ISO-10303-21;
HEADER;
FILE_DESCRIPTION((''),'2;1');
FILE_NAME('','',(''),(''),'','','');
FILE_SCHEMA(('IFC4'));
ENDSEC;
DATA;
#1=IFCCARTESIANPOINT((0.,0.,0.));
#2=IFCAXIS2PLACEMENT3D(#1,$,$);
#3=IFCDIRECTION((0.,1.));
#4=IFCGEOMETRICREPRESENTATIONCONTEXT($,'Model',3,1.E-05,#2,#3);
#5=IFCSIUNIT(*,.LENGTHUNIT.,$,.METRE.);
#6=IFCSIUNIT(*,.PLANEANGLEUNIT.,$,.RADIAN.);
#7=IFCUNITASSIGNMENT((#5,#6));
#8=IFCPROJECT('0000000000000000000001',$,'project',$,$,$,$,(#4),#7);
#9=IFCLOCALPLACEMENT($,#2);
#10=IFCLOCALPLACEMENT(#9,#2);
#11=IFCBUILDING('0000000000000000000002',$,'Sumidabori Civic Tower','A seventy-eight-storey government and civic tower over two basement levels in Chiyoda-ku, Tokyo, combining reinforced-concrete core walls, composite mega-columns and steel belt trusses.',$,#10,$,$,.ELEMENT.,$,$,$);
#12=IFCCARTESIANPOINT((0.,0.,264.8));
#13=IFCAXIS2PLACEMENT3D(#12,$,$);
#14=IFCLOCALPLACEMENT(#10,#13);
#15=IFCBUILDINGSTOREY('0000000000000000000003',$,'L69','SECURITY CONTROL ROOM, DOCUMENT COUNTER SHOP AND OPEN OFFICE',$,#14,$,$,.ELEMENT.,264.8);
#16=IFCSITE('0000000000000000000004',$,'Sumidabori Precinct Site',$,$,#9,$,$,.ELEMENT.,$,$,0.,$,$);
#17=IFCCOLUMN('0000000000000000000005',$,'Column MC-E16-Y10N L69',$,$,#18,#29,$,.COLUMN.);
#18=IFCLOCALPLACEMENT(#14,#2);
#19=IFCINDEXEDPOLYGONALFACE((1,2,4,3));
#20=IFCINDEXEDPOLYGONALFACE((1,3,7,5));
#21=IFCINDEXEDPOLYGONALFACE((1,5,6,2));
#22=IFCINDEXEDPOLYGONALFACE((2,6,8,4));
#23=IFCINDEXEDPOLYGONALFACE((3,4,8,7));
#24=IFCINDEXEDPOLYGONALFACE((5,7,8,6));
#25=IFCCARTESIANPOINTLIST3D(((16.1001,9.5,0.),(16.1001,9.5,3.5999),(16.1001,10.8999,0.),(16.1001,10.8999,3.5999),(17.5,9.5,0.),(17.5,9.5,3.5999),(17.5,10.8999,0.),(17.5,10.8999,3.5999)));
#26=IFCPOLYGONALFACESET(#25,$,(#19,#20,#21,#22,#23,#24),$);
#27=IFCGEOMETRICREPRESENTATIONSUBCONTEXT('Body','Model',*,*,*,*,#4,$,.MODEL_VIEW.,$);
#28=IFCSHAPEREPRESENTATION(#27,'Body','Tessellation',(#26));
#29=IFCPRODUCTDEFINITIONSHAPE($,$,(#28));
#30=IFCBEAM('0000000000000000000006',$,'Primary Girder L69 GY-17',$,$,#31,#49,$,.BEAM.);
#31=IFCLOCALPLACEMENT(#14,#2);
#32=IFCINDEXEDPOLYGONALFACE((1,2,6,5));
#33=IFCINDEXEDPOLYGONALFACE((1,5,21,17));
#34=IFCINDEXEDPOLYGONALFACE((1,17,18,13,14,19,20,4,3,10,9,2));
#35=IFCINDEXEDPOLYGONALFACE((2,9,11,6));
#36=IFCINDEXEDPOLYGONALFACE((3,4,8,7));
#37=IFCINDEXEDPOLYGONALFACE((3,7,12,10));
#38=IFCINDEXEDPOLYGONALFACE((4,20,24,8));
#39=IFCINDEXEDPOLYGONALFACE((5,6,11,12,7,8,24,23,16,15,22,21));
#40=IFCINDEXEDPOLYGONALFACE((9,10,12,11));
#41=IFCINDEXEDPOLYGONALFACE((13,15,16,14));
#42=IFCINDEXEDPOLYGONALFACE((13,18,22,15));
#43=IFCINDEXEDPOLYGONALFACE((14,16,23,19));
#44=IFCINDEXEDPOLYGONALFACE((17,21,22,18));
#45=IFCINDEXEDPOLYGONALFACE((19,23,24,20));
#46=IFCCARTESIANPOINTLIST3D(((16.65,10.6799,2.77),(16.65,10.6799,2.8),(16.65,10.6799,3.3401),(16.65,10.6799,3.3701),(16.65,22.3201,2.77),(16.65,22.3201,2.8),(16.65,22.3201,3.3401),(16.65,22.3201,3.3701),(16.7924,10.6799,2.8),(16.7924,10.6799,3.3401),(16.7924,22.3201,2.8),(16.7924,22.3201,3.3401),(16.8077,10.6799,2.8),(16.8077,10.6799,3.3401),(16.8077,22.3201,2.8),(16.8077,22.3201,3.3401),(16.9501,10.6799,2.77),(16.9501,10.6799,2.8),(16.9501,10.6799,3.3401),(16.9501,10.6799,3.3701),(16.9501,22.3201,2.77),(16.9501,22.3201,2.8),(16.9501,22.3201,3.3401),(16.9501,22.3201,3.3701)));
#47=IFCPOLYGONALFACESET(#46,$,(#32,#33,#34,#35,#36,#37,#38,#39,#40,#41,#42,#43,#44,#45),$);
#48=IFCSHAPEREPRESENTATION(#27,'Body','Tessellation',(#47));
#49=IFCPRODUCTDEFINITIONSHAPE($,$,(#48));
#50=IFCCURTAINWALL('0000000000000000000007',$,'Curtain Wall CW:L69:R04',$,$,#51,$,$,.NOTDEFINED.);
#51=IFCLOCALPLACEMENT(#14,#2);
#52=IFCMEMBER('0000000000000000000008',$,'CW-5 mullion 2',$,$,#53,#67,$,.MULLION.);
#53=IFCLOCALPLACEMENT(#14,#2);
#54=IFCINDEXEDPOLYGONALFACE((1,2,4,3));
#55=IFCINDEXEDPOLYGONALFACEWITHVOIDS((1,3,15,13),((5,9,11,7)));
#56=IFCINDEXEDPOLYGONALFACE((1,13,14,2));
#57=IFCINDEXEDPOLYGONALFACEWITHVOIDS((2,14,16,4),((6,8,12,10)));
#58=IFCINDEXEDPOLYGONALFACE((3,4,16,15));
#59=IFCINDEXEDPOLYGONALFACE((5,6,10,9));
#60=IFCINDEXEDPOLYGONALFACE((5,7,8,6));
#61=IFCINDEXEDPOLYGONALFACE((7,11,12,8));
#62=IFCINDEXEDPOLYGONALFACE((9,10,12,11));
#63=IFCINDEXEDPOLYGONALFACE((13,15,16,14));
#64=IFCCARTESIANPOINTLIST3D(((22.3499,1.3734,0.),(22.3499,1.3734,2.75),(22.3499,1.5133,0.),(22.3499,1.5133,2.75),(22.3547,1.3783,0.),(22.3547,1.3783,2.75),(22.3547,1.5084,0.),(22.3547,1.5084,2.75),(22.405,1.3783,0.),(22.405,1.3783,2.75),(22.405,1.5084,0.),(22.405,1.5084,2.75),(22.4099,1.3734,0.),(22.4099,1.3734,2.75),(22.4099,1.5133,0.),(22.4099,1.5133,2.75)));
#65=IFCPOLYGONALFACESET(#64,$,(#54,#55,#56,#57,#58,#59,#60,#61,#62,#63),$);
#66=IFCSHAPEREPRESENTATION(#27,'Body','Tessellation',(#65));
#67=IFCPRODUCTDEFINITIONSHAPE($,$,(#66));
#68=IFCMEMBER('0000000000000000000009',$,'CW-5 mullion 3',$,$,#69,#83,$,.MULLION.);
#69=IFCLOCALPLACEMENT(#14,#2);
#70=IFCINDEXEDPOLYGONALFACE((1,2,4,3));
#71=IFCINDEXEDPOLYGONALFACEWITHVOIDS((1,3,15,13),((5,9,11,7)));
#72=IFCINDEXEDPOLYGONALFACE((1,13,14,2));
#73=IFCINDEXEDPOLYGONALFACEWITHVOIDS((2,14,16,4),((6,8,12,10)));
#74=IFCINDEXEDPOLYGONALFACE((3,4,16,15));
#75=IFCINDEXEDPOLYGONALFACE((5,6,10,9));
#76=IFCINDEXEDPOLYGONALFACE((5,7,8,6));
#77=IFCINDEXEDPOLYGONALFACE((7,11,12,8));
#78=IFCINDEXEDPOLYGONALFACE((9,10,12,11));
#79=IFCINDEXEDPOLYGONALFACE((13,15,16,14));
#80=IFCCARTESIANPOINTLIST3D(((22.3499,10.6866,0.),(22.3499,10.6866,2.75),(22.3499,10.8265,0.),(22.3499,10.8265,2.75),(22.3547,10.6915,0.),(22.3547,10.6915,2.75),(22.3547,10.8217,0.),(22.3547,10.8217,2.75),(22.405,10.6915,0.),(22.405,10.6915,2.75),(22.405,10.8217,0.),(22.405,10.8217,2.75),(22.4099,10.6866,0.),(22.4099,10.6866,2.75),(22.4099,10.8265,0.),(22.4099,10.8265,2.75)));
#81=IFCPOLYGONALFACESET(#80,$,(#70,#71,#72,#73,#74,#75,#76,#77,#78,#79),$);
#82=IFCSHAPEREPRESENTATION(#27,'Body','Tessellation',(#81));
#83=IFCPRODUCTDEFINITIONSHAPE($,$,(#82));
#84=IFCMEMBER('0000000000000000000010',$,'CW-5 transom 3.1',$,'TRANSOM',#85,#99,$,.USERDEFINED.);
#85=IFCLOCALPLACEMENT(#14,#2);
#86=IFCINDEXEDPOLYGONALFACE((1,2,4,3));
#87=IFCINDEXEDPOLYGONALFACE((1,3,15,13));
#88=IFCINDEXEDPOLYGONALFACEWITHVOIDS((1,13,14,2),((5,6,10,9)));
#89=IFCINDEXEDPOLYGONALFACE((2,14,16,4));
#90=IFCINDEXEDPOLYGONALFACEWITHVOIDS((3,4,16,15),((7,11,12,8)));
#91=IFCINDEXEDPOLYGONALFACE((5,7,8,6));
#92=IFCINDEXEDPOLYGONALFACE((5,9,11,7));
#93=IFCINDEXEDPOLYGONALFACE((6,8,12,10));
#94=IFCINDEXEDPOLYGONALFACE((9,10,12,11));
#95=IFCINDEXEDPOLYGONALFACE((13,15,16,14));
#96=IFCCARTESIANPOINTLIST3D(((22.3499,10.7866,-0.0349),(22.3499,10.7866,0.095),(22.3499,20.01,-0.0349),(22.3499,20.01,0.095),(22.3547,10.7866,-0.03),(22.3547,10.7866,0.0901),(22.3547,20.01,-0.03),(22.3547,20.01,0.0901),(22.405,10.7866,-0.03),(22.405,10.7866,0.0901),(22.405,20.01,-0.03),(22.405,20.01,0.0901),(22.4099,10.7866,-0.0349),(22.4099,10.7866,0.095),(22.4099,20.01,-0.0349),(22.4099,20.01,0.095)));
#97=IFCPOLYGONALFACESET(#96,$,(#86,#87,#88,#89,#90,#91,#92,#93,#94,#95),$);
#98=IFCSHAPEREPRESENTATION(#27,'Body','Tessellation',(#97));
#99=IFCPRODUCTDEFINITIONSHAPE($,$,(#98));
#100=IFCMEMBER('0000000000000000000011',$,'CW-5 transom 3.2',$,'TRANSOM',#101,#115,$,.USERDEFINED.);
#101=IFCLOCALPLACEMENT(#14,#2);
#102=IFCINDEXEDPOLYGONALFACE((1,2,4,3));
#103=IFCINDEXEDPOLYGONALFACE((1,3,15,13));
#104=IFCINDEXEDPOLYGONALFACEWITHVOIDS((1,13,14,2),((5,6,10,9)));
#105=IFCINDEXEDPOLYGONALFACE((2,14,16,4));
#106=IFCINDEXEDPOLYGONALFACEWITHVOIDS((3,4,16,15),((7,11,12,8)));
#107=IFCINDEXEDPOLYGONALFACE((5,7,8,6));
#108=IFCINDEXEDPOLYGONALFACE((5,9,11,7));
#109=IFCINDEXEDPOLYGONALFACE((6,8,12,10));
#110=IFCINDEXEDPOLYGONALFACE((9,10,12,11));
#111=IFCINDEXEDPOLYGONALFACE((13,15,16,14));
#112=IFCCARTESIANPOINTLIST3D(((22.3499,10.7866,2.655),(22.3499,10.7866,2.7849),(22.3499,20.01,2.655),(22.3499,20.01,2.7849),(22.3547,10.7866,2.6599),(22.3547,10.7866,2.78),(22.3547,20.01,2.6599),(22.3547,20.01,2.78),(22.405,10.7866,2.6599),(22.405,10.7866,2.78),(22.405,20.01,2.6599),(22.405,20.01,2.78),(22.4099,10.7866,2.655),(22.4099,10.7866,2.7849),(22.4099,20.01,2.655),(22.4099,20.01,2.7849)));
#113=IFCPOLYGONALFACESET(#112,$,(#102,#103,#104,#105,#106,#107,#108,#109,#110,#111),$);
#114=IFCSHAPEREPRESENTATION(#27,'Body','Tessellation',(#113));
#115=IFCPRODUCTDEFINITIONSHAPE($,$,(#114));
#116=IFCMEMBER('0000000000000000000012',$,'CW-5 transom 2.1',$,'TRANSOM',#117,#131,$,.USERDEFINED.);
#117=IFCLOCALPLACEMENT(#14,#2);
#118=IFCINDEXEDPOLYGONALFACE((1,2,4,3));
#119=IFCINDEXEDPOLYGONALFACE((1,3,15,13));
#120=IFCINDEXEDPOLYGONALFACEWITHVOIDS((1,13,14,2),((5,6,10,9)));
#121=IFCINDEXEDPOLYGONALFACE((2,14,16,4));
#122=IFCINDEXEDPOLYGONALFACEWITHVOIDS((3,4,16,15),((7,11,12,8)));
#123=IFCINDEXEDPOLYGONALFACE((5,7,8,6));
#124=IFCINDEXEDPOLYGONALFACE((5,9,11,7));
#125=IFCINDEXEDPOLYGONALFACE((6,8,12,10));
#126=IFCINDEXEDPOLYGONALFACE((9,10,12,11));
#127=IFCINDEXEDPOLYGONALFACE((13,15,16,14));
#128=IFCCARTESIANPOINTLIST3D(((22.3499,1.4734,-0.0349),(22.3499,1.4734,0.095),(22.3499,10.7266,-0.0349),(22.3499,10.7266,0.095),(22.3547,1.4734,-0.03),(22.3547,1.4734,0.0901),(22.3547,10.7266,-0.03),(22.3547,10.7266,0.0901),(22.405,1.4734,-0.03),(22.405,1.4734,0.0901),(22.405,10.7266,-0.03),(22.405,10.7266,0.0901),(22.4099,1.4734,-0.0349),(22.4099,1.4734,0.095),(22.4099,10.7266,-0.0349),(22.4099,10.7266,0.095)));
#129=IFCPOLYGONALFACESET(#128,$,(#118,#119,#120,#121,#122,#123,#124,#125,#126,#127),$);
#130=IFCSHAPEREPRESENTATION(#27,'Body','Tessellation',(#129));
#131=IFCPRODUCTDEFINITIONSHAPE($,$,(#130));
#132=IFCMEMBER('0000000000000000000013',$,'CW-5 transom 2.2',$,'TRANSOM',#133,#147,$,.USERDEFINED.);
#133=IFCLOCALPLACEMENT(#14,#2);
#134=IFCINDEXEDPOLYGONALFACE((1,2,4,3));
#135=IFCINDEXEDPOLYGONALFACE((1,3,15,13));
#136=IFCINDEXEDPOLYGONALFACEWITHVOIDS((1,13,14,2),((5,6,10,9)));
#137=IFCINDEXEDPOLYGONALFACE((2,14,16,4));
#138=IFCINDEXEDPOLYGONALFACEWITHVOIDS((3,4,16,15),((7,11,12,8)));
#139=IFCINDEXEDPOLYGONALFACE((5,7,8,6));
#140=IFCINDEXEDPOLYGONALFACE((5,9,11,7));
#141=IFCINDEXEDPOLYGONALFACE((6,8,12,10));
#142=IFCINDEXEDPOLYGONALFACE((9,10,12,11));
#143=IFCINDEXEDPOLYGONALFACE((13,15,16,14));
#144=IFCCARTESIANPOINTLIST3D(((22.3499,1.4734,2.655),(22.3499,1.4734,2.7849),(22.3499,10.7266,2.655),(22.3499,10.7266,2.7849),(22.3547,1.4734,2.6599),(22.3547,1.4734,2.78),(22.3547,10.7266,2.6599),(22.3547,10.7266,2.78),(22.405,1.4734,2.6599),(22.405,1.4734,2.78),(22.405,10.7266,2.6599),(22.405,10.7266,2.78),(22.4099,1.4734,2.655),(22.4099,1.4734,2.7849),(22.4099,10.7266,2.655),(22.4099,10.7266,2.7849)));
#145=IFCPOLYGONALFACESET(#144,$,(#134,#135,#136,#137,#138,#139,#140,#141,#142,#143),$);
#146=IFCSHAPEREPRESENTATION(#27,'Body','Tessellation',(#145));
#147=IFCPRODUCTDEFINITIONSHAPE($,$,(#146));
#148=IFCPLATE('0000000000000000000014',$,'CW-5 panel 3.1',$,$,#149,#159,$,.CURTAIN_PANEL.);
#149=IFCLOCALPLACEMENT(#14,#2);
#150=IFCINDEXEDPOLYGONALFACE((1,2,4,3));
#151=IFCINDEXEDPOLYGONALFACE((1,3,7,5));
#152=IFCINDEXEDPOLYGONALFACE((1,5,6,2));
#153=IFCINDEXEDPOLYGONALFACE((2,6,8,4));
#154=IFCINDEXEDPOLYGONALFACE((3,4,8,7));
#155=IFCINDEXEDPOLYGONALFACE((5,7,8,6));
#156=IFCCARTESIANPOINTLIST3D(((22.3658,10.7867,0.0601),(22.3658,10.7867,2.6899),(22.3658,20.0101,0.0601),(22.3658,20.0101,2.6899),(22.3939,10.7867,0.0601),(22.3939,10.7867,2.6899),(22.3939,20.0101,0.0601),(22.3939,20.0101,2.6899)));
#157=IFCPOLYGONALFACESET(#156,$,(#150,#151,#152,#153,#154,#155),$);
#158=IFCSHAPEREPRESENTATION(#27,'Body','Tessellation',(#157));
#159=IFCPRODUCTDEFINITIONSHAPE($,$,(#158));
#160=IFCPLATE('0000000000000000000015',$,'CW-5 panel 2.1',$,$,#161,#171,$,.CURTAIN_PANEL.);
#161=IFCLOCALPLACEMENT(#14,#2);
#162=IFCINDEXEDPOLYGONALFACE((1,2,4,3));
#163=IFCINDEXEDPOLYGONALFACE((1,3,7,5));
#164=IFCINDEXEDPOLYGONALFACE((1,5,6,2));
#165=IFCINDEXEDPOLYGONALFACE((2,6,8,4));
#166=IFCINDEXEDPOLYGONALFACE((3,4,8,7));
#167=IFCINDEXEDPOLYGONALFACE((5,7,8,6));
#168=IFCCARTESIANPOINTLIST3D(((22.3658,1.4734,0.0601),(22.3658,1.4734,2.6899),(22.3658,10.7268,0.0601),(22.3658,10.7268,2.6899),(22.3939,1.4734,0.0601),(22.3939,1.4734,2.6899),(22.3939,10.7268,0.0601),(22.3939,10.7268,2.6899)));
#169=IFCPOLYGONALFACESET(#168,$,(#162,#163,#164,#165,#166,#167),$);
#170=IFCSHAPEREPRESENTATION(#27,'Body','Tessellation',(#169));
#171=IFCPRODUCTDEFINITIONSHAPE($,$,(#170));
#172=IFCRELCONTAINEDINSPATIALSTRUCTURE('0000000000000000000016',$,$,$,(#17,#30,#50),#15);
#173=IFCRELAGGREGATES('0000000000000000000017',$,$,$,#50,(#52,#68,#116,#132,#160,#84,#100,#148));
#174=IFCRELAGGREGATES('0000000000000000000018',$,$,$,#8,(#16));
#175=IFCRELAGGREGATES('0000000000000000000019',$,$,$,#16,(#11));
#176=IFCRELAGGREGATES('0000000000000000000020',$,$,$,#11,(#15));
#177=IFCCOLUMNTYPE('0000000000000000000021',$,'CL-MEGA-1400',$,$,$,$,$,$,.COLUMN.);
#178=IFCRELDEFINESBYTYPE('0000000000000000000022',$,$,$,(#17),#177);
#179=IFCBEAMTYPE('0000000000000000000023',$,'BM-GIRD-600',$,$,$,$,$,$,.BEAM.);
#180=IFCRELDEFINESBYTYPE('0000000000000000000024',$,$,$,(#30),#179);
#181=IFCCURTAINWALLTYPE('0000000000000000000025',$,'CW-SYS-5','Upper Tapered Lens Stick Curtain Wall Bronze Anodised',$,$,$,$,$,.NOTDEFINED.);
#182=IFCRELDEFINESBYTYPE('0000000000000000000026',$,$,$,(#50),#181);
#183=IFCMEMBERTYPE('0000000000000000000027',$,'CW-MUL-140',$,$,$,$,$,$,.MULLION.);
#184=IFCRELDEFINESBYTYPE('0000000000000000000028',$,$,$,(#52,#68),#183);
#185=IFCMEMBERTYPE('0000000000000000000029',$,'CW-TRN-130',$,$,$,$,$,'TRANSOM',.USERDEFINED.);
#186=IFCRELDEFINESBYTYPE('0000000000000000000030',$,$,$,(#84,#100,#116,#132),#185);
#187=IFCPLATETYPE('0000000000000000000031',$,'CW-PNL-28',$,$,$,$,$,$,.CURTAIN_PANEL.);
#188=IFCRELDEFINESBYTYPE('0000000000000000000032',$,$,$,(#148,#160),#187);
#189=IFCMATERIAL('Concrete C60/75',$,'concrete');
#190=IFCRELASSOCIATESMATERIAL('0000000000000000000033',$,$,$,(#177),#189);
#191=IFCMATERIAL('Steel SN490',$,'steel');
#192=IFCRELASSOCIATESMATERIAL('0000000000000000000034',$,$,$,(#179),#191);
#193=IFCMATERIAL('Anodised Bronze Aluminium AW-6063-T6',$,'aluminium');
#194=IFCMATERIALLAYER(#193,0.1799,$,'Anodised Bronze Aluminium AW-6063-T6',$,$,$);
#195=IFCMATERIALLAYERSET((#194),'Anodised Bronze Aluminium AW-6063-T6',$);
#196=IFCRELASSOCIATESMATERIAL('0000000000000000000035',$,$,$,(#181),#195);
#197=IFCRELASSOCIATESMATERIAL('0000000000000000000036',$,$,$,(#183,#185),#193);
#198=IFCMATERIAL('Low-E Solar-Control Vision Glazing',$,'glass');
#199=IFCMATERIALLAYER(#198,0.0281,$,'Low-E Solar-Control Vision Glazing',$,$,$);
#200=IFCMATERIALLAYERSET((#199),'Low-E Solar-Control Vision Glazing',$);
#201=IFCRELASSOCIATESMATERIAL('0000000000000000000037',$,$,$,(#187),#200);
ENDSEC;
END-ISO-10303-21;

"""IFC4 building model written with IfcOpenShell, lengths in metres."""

from ifc_helpers import new_model, si_unit, direction, frame, origin, origin_2d, place, context, subcontext, project, spatial, rectangle, hollow_rectangle, i_section, extrude, source, transform, mapped, material, layer, layer_set, material_profile, profile_set, type_object, element, aggregate, save


model = new_model("IFC4")

# Units and contexts
model_context = context("Model", 3, precision=1e-05, world=origin(), true_north=direction((0.0, 1.0)))
body_context = subcontext(model_context, "Body", "Model", "MODEL_VIEW")
ifc_project = project(units=[si_unit("LENGTHUNIT", "METRE"), si_unit("PLANEANGLEUNIT", "RADIAN")], contexts=[model_context])

# Site, building, storey
site_placement = place(None, origin())
site = spatial("IfcSite", under=ifc_project, at=site_placement, Name="Sumidabori Precinct Site", CompositionType="ELEMENT", RefElevation=0.0)
building_placement = place(site_placement, origin())
building = spatial("IfcBuilding", under=site, at=building_placement, Name="Sumidabori Civic Tower", Description="A seventy-eight-storey government and civic tower over two basement levels in Chiyoda-ku, Tokyo, combining reinforced-concrete core walls, composite mega-columns and steel belt trusses.", CompositionType="ELEMENT")
storey_placement = place(building_placement, frame((0.0, 0.0, 264.8)))
storey = spatial("IfcBuildingStorey", under=building, at=storey_placement, Name="L69", Description="SECURITY CONTROL ROOM, DOCUMENT COUNTER SHOP AND OPEN OFFICE", CompositionType="ELEMENT", Elevation=264.8)

# Column
ifc_material_1 = material(Name="Concrete C60/75", Category="concrete")
ifc_material_profile_1 = material_profile(ifc_material_1, rectangle(XDim=1.3999, YDim=1.3999, at=origin_2d()), Name="RC 1400x1400")
ifc_profile_set_1 = profile_set([ifc_material_profile_1], Name="Concrete C60/75")
column_type = type_object("IfcColumnType", Name="CL-MEGA-1400", PredefinedType="COLUMN", material=ifc_profile_set_1)
shared_shape_1 = source(origin(), body_context, "Body", "SweptSolid", [
    extrude(rectangle(XDim=1.3999, YDim=1.3999, at=origin_2d()), origin(), (0.0, 0.0, 1.0), 3.5999),
])
column_placement = place(storey_placement, frame((16.8, 10.2, 0.0), z_axis=(0.0, 0.0, 1.0), x_axis=(1.0, 0.0, 0.0)))
element("IfcColumn", 1, at=column_placement, inside=storey, type_object=column_type, Name="Column MC-E16-Y10N L69", PredefinedType="COLUMN", context=body_context, shape_type="MappedRepresentation", body=[
    mapped(shared_shape_1, transform((0.0, 0.0, 0.0), x_axis=(1.0, 0.0, 0.0), y_axis=(0.0, 1.0, 0.0), z_axis=(0.0, 0.0, 1.0), scale=1.0)),
])

# Beam
ifc_material_2 = material(Name="Steel SN490", Category="steel")
ifc_material_profile_2 = material_profile(ifc_material_2, i_section(OverallWidth=0.3, OverallDepth=0.6001, WebThickness=0.0154, FlangeThickness=0.03, at=origin_2d()), Name="HE 600 B")
ifc_profile_set_2 = profile_set([ifc_material_profile_2], Name="Steel SN490")
beam_type = type_object("IfcBeamType", Name="BM-GIRD-600", PredefinedType="BEAM", material=ifc_profile_set_2)
shared_shape_2 = source(origin(), body_context, "Body", "SweptSolid", [
    extrude(i_section(OverallWidth=0.3, OverallDepth=0.6001, WebThickness=0.0154, FlangeThickness=0.03, at=origin_2d()), origin(), (0.0, 0.0, 1.0), 11.6401),
])
beam_placement = place(storey_placement, frame((16.8, 10.6799, 3.0701), z_axis=(0.0, 1.0, 0.0), x_axis=(-1.0, 0.0, 0.0)))
element("IfcBeam", 2, at=beam_placement, inside=storey, type_object=beam_type, Name="Primary Girder L69 GY-17", PredefinedType="BEAM", context=body_context, shape_type="MappedRepresentation", body=[
    mapped(shared_shape_2, transform((0.0, 0.0, 0.0), x_axis=(1.0, 0.0, 0.0), y_axis=(0.0, 1.0, 0.0), z_axis=(0.0, 0.0, 1.0), scale=1.0)),
])

# Curtain wall, members, plates
ifc_material_3 = material(Name="Anodised Bronze Aluminium AW-6063-T6", Category="aluminium")
ifc_layer_1 = layer(ifc_material_3, 0.1799, Name="Anodised Bronze Aluminium AW-6063-T6")
ifc_layer_set_1 = layer_set([ifc_layer_1], Name="Anodised Bronze Aluminium AW-6063-T6")
curtain_wall_type = type_object("IfcCurtainWallType", Name="CW-SYS-5", Description="Upper Tapered Lens Stick Curtain Wall Bronze Anodised", PredefinedType="NOTDEFINED", material=ifc_layer_set_1)
curtain_wall_placement = place(storey_placement, origin())
curtain_wall = element("IfcCurtainWall", 3, at=curtain_wall_placement, inside=storey, type_object=curtain_wall_type, Name="Curtain Wall CW:L69:R04", PredefinedType="NOTDEFINED")
ifc_material_profile_3 = material_profile(ifc_material_3, hollow_rectangle(XDim=0.0601, YDim=0.1399, WallThickness=0.0049, at=origin_2d()), Name="ALU MULLION 140x60")
ifc_profile_set_3 = profile_set([ifc_material_profile_3], Name="Anodised Bronze Aluminium AW-6063-T6")
member_type_1 = type_object("IfcMemberType", Name="CW-MUL-140", PredefinedType="MULLION", material=ifc_profile_set_3)
shared_shape_3 = source(origin(), body_context, "Body", "SweptSolid", [
    extrude(hollow_rectangle(XDim=0.0601, YDim=0.1399, WallThickness=0.0049, at=origin_2d()), origin(), (0.0, 0.0, 1.0), 2.75),
])
member_1_placement = place(storey_placement, frame((22.3799, 1.4434, 0.0), z_axis=(0.0, 0.0, 1.0), x_axis=(-1.0, 0.0, 0.0)))
member_1 = element("IfcMember", 4, at=member_1_placement, type_object=member_type_1, Name="CW-5 mullion 2", PredefinedType="MULLION", context=body_context, shape_type="MappedRepresentation", body=[
    mapped(shared_shape_3, transform((0.0, 0.0, 0.0), x_axis=(1.0, 0.0, 0.0), y_axis=(0.0, 1.0, 0.0), z_axis=(0.0, 0.0, 1.0), scale=1.0)),
])
member_2_placement = place(storey_placement, frame((22.3799, 10.7566, 0.0), z_axis=(0.0, 0.0, 1.0), x_axis=(-1.0, 0.0, 0.0)))
member_2 = element("IfcMember", 5, at=member_2_placement, type_object=member_type_1, Name="CW-5 mullion 3", PredefinedType="MULLION", context=body_context, shape_type="MappedRepresentation", body=[
    mapped(shared_shape_3, transform((0.0, 0.0, 0.0), x_axis=(1.0, 0.0, 0.0), y_axis=(0.0, 1.0, 0.0), z_axis=(0.0, 0.0, 1.0), scale=1.0)),
])
ifc_material_profile_4 = material_profile(ifc_material_3, hollow_rectangle(XDim=0.0601, YDim=0.1299, WallThickness=0.0049, at=origin_2d()), Name="ALU TRANSOM 130x60")
ifc_profile_set_4 = profile_set([ifc_material_profile_4], Name="Anodised Bronze Aluminium AW-6063-T6")
member_type_2 = type_object("IfcMemberType", Name="CW-TRN-130", ElementType="TRANSOM", PredefinedType="USERDEFINED", material=ifc_profile_set_4)
shared_shape_4 = source(origin(), body_context, "Body", "SweptSolid", [
    extrude(hollow_rectangle(XDim=0.0601, YDim=0.1299, WallThickness=0.0049, at=origin_2d()), origin(), (0.0, 0.0, 1.0), 9.2234),
])
member_3_placement = place(storey_placement, frame((22.3799, 10.7866, 0.03), z_axis=(0.0, 1.0, 0.0), x_axis=(-1.0, 0.0, 0.0)))
member_3 = element("IfcMember", 6, at=member_3_placement, type_object=member_type_2, Name="CW-5 transom 3.1", ObjectType="TRANSOM", PredefinedType="USERDEFINED", context=body_context, shape_type="MappedRepresentation", body=[
    mapped(shared_shape_4, transform((0.0, 0.0, 0.0), x_axis=(1.0, 0.0, 0.0), y_axis=(0.0, 1.0, 0.0), z_axis=(0.0, 0.0, 1.0), scale=1.0)),
])
member_4_placement = place(storey_placement, frame((22.3799, 10.7866, 2.72), z_axis=(0.0, 1.0, 0.0), x_axis=(-1.0, 0.0, 0.0)))
member_4 = element("IfcMember", 7, at=member_4_placement, type_object=member_type_2, Name="CW-5 transom 3.2", ObjectType="TRANSOM", PredefinedType="USERDEFINED", context=body_context, shape_type="MappedRepresentation", body=[
    mapped(shared_shape_4, transform((0.0, 0.0, 0.0), x_axis=(1.0, 0.0, 0.0), y_axis=(0.0, 1.0, 0.0), z_axis=(0.0, 0.0, 1.0), scale=1.0)),
])
shared_shape_5 = source(origin(), body_context, "Body", "SweptSolid", [
    extrude(hollow_rectangle(XDim=0.0601, YDim=0.1299, WallThickness=0.0049, at=origin_2d()), origin(), (0.0, 0.0, 1.0), 9.2532),
])
member_5_placement = place(storey_placement, frame((22.3799, 1.4734, 0.03), z_axis=(0.0, 1.0, 0.0), x_axis=(-1.0, 0.0, 0.0)))
member_5 = element("IfcMember", 8, at=member_5_placement, type_object=member_type_2, Name="CW-5 transom 2.1", ObjectType="TRANSOM", PredefinedType="USERDEFINED", context=body_context, shape_type="MappedRepresentation", body=[
    mapped(shared_shape_5, transform((0.0, 0.0, 0.0), x_axis=(1.0, 0.0, 0.0), y_axis=(0.0, 1.0, 0.0), z_axis=(0.0, 0.0, 1.0), scale=1.0)),
])
member_6_placement = place(storey_placement, frame((22.3799, 1.4734, 2.72), z_axis=(0.0, 1.0, 0.0), x_axis=(-1.0, 0.0, 0.0)))
member_6 = element("IfcMember", 9, at=member_6_placement, type_object=member_type_2, Name="CW-5 transom 2.2", ObjectType="TRANSOM", PredefinedType="USERDEFINED", context=body_context, shape_type="MappedRepresentation", body=[
    mapped(shared_shape_5, transform((0.0, 0.0, 0.0), x_axis=(1.0, 0.0, 0.0), y_axis=(0.0, 1.0, 0.0), z_axis=(0.0, 0.0, 1.0), scale=1.0)),
])
ifc_material_4 = material(Name="Low-E Solar-Control Vision Glazing", Category="glass")
ifc_layer_2 = layer(ifc_material_4, 0.0281, Name="Low-E Solar-Control Vision Glazing")
ifc_layer_set_2 = layer_set([ifc_layer_2], Name="Low-E Solar-Control Vision Glazing")
plate_type = type_object("IfcPlateType", Name="CW-PNL-28", PredefinedType="CURTAIN_PANEL", material=ifc_layer_set_2)
shared_shape_6 = source(origin(), body_context, "Body", "SweptSolid", [
    extrude(rectangle(XDim=9.2234, YDim=0.0281, at=origin_2d()), origin(), (0.0, 0.0, 1.0), 2.6299),
])
plate_1_placement = place(storey_placement, frame((22.3799, 15.3984, 0.0601), z_axis=(0.0, 0.0, 1.0), x_axis=(0.0, 1.0, 0.0)))
plate_1 = element("IfcPlate", 10, at=plate_1_placement, type_object=plate_type, Name="CW-5 panel 3.1", PredefinedType="CURTAIN_PANEL", context=body_context, shape_type="MappedRepresentation", body=[
    mapped(shared_shape_6, transform((0.0, 0.0, 0.0), x_axis=(1.0, 0.0, 0.0), y_axis=(0.0, 1.0, 0.0), z_axis=(0.0, 0.0, 1.0), scale=1.0)),
])
shared_shape_7 = source(origin(), body_context, "Body", "SweptSolid", [
    extrude(rectangle(XDim=9.2534, YDim=0.0281, at=origin_2d()), origin(), (0.0, 0.0, 1.0), 2.6299),
])
plate_2_placement = place(storey_placement, frame((22.3799, 6.1001, 0.0601), z_axis=(0.0, 0.0, 1.0), x_axis=(0.0, 1.0, 0.0)))
plate_2 = element("IfcPlate", 11, at=plate_2_placement, type_object=plate_type, Name="CW-5 panel 2.1", PredefinedType="CURTAIN_PANEL", context=body_context, shape_type="MappedRepresentation", body=[
    mapped(shared_shape_7, transform((0.0, 0.0, 0.0), x_axis=(1.0, 0.0, 0.0), y_axis=(0.0, 1.0, 0.0), z_axis=(0.0, 0.0, 1.0), scale=1.0)),
])
aggregate(curtain_wall, [member_1, member_2, member_5, member_6, plate_2, member_3, member_4, plate_1])

save(model, "model.ifc")
